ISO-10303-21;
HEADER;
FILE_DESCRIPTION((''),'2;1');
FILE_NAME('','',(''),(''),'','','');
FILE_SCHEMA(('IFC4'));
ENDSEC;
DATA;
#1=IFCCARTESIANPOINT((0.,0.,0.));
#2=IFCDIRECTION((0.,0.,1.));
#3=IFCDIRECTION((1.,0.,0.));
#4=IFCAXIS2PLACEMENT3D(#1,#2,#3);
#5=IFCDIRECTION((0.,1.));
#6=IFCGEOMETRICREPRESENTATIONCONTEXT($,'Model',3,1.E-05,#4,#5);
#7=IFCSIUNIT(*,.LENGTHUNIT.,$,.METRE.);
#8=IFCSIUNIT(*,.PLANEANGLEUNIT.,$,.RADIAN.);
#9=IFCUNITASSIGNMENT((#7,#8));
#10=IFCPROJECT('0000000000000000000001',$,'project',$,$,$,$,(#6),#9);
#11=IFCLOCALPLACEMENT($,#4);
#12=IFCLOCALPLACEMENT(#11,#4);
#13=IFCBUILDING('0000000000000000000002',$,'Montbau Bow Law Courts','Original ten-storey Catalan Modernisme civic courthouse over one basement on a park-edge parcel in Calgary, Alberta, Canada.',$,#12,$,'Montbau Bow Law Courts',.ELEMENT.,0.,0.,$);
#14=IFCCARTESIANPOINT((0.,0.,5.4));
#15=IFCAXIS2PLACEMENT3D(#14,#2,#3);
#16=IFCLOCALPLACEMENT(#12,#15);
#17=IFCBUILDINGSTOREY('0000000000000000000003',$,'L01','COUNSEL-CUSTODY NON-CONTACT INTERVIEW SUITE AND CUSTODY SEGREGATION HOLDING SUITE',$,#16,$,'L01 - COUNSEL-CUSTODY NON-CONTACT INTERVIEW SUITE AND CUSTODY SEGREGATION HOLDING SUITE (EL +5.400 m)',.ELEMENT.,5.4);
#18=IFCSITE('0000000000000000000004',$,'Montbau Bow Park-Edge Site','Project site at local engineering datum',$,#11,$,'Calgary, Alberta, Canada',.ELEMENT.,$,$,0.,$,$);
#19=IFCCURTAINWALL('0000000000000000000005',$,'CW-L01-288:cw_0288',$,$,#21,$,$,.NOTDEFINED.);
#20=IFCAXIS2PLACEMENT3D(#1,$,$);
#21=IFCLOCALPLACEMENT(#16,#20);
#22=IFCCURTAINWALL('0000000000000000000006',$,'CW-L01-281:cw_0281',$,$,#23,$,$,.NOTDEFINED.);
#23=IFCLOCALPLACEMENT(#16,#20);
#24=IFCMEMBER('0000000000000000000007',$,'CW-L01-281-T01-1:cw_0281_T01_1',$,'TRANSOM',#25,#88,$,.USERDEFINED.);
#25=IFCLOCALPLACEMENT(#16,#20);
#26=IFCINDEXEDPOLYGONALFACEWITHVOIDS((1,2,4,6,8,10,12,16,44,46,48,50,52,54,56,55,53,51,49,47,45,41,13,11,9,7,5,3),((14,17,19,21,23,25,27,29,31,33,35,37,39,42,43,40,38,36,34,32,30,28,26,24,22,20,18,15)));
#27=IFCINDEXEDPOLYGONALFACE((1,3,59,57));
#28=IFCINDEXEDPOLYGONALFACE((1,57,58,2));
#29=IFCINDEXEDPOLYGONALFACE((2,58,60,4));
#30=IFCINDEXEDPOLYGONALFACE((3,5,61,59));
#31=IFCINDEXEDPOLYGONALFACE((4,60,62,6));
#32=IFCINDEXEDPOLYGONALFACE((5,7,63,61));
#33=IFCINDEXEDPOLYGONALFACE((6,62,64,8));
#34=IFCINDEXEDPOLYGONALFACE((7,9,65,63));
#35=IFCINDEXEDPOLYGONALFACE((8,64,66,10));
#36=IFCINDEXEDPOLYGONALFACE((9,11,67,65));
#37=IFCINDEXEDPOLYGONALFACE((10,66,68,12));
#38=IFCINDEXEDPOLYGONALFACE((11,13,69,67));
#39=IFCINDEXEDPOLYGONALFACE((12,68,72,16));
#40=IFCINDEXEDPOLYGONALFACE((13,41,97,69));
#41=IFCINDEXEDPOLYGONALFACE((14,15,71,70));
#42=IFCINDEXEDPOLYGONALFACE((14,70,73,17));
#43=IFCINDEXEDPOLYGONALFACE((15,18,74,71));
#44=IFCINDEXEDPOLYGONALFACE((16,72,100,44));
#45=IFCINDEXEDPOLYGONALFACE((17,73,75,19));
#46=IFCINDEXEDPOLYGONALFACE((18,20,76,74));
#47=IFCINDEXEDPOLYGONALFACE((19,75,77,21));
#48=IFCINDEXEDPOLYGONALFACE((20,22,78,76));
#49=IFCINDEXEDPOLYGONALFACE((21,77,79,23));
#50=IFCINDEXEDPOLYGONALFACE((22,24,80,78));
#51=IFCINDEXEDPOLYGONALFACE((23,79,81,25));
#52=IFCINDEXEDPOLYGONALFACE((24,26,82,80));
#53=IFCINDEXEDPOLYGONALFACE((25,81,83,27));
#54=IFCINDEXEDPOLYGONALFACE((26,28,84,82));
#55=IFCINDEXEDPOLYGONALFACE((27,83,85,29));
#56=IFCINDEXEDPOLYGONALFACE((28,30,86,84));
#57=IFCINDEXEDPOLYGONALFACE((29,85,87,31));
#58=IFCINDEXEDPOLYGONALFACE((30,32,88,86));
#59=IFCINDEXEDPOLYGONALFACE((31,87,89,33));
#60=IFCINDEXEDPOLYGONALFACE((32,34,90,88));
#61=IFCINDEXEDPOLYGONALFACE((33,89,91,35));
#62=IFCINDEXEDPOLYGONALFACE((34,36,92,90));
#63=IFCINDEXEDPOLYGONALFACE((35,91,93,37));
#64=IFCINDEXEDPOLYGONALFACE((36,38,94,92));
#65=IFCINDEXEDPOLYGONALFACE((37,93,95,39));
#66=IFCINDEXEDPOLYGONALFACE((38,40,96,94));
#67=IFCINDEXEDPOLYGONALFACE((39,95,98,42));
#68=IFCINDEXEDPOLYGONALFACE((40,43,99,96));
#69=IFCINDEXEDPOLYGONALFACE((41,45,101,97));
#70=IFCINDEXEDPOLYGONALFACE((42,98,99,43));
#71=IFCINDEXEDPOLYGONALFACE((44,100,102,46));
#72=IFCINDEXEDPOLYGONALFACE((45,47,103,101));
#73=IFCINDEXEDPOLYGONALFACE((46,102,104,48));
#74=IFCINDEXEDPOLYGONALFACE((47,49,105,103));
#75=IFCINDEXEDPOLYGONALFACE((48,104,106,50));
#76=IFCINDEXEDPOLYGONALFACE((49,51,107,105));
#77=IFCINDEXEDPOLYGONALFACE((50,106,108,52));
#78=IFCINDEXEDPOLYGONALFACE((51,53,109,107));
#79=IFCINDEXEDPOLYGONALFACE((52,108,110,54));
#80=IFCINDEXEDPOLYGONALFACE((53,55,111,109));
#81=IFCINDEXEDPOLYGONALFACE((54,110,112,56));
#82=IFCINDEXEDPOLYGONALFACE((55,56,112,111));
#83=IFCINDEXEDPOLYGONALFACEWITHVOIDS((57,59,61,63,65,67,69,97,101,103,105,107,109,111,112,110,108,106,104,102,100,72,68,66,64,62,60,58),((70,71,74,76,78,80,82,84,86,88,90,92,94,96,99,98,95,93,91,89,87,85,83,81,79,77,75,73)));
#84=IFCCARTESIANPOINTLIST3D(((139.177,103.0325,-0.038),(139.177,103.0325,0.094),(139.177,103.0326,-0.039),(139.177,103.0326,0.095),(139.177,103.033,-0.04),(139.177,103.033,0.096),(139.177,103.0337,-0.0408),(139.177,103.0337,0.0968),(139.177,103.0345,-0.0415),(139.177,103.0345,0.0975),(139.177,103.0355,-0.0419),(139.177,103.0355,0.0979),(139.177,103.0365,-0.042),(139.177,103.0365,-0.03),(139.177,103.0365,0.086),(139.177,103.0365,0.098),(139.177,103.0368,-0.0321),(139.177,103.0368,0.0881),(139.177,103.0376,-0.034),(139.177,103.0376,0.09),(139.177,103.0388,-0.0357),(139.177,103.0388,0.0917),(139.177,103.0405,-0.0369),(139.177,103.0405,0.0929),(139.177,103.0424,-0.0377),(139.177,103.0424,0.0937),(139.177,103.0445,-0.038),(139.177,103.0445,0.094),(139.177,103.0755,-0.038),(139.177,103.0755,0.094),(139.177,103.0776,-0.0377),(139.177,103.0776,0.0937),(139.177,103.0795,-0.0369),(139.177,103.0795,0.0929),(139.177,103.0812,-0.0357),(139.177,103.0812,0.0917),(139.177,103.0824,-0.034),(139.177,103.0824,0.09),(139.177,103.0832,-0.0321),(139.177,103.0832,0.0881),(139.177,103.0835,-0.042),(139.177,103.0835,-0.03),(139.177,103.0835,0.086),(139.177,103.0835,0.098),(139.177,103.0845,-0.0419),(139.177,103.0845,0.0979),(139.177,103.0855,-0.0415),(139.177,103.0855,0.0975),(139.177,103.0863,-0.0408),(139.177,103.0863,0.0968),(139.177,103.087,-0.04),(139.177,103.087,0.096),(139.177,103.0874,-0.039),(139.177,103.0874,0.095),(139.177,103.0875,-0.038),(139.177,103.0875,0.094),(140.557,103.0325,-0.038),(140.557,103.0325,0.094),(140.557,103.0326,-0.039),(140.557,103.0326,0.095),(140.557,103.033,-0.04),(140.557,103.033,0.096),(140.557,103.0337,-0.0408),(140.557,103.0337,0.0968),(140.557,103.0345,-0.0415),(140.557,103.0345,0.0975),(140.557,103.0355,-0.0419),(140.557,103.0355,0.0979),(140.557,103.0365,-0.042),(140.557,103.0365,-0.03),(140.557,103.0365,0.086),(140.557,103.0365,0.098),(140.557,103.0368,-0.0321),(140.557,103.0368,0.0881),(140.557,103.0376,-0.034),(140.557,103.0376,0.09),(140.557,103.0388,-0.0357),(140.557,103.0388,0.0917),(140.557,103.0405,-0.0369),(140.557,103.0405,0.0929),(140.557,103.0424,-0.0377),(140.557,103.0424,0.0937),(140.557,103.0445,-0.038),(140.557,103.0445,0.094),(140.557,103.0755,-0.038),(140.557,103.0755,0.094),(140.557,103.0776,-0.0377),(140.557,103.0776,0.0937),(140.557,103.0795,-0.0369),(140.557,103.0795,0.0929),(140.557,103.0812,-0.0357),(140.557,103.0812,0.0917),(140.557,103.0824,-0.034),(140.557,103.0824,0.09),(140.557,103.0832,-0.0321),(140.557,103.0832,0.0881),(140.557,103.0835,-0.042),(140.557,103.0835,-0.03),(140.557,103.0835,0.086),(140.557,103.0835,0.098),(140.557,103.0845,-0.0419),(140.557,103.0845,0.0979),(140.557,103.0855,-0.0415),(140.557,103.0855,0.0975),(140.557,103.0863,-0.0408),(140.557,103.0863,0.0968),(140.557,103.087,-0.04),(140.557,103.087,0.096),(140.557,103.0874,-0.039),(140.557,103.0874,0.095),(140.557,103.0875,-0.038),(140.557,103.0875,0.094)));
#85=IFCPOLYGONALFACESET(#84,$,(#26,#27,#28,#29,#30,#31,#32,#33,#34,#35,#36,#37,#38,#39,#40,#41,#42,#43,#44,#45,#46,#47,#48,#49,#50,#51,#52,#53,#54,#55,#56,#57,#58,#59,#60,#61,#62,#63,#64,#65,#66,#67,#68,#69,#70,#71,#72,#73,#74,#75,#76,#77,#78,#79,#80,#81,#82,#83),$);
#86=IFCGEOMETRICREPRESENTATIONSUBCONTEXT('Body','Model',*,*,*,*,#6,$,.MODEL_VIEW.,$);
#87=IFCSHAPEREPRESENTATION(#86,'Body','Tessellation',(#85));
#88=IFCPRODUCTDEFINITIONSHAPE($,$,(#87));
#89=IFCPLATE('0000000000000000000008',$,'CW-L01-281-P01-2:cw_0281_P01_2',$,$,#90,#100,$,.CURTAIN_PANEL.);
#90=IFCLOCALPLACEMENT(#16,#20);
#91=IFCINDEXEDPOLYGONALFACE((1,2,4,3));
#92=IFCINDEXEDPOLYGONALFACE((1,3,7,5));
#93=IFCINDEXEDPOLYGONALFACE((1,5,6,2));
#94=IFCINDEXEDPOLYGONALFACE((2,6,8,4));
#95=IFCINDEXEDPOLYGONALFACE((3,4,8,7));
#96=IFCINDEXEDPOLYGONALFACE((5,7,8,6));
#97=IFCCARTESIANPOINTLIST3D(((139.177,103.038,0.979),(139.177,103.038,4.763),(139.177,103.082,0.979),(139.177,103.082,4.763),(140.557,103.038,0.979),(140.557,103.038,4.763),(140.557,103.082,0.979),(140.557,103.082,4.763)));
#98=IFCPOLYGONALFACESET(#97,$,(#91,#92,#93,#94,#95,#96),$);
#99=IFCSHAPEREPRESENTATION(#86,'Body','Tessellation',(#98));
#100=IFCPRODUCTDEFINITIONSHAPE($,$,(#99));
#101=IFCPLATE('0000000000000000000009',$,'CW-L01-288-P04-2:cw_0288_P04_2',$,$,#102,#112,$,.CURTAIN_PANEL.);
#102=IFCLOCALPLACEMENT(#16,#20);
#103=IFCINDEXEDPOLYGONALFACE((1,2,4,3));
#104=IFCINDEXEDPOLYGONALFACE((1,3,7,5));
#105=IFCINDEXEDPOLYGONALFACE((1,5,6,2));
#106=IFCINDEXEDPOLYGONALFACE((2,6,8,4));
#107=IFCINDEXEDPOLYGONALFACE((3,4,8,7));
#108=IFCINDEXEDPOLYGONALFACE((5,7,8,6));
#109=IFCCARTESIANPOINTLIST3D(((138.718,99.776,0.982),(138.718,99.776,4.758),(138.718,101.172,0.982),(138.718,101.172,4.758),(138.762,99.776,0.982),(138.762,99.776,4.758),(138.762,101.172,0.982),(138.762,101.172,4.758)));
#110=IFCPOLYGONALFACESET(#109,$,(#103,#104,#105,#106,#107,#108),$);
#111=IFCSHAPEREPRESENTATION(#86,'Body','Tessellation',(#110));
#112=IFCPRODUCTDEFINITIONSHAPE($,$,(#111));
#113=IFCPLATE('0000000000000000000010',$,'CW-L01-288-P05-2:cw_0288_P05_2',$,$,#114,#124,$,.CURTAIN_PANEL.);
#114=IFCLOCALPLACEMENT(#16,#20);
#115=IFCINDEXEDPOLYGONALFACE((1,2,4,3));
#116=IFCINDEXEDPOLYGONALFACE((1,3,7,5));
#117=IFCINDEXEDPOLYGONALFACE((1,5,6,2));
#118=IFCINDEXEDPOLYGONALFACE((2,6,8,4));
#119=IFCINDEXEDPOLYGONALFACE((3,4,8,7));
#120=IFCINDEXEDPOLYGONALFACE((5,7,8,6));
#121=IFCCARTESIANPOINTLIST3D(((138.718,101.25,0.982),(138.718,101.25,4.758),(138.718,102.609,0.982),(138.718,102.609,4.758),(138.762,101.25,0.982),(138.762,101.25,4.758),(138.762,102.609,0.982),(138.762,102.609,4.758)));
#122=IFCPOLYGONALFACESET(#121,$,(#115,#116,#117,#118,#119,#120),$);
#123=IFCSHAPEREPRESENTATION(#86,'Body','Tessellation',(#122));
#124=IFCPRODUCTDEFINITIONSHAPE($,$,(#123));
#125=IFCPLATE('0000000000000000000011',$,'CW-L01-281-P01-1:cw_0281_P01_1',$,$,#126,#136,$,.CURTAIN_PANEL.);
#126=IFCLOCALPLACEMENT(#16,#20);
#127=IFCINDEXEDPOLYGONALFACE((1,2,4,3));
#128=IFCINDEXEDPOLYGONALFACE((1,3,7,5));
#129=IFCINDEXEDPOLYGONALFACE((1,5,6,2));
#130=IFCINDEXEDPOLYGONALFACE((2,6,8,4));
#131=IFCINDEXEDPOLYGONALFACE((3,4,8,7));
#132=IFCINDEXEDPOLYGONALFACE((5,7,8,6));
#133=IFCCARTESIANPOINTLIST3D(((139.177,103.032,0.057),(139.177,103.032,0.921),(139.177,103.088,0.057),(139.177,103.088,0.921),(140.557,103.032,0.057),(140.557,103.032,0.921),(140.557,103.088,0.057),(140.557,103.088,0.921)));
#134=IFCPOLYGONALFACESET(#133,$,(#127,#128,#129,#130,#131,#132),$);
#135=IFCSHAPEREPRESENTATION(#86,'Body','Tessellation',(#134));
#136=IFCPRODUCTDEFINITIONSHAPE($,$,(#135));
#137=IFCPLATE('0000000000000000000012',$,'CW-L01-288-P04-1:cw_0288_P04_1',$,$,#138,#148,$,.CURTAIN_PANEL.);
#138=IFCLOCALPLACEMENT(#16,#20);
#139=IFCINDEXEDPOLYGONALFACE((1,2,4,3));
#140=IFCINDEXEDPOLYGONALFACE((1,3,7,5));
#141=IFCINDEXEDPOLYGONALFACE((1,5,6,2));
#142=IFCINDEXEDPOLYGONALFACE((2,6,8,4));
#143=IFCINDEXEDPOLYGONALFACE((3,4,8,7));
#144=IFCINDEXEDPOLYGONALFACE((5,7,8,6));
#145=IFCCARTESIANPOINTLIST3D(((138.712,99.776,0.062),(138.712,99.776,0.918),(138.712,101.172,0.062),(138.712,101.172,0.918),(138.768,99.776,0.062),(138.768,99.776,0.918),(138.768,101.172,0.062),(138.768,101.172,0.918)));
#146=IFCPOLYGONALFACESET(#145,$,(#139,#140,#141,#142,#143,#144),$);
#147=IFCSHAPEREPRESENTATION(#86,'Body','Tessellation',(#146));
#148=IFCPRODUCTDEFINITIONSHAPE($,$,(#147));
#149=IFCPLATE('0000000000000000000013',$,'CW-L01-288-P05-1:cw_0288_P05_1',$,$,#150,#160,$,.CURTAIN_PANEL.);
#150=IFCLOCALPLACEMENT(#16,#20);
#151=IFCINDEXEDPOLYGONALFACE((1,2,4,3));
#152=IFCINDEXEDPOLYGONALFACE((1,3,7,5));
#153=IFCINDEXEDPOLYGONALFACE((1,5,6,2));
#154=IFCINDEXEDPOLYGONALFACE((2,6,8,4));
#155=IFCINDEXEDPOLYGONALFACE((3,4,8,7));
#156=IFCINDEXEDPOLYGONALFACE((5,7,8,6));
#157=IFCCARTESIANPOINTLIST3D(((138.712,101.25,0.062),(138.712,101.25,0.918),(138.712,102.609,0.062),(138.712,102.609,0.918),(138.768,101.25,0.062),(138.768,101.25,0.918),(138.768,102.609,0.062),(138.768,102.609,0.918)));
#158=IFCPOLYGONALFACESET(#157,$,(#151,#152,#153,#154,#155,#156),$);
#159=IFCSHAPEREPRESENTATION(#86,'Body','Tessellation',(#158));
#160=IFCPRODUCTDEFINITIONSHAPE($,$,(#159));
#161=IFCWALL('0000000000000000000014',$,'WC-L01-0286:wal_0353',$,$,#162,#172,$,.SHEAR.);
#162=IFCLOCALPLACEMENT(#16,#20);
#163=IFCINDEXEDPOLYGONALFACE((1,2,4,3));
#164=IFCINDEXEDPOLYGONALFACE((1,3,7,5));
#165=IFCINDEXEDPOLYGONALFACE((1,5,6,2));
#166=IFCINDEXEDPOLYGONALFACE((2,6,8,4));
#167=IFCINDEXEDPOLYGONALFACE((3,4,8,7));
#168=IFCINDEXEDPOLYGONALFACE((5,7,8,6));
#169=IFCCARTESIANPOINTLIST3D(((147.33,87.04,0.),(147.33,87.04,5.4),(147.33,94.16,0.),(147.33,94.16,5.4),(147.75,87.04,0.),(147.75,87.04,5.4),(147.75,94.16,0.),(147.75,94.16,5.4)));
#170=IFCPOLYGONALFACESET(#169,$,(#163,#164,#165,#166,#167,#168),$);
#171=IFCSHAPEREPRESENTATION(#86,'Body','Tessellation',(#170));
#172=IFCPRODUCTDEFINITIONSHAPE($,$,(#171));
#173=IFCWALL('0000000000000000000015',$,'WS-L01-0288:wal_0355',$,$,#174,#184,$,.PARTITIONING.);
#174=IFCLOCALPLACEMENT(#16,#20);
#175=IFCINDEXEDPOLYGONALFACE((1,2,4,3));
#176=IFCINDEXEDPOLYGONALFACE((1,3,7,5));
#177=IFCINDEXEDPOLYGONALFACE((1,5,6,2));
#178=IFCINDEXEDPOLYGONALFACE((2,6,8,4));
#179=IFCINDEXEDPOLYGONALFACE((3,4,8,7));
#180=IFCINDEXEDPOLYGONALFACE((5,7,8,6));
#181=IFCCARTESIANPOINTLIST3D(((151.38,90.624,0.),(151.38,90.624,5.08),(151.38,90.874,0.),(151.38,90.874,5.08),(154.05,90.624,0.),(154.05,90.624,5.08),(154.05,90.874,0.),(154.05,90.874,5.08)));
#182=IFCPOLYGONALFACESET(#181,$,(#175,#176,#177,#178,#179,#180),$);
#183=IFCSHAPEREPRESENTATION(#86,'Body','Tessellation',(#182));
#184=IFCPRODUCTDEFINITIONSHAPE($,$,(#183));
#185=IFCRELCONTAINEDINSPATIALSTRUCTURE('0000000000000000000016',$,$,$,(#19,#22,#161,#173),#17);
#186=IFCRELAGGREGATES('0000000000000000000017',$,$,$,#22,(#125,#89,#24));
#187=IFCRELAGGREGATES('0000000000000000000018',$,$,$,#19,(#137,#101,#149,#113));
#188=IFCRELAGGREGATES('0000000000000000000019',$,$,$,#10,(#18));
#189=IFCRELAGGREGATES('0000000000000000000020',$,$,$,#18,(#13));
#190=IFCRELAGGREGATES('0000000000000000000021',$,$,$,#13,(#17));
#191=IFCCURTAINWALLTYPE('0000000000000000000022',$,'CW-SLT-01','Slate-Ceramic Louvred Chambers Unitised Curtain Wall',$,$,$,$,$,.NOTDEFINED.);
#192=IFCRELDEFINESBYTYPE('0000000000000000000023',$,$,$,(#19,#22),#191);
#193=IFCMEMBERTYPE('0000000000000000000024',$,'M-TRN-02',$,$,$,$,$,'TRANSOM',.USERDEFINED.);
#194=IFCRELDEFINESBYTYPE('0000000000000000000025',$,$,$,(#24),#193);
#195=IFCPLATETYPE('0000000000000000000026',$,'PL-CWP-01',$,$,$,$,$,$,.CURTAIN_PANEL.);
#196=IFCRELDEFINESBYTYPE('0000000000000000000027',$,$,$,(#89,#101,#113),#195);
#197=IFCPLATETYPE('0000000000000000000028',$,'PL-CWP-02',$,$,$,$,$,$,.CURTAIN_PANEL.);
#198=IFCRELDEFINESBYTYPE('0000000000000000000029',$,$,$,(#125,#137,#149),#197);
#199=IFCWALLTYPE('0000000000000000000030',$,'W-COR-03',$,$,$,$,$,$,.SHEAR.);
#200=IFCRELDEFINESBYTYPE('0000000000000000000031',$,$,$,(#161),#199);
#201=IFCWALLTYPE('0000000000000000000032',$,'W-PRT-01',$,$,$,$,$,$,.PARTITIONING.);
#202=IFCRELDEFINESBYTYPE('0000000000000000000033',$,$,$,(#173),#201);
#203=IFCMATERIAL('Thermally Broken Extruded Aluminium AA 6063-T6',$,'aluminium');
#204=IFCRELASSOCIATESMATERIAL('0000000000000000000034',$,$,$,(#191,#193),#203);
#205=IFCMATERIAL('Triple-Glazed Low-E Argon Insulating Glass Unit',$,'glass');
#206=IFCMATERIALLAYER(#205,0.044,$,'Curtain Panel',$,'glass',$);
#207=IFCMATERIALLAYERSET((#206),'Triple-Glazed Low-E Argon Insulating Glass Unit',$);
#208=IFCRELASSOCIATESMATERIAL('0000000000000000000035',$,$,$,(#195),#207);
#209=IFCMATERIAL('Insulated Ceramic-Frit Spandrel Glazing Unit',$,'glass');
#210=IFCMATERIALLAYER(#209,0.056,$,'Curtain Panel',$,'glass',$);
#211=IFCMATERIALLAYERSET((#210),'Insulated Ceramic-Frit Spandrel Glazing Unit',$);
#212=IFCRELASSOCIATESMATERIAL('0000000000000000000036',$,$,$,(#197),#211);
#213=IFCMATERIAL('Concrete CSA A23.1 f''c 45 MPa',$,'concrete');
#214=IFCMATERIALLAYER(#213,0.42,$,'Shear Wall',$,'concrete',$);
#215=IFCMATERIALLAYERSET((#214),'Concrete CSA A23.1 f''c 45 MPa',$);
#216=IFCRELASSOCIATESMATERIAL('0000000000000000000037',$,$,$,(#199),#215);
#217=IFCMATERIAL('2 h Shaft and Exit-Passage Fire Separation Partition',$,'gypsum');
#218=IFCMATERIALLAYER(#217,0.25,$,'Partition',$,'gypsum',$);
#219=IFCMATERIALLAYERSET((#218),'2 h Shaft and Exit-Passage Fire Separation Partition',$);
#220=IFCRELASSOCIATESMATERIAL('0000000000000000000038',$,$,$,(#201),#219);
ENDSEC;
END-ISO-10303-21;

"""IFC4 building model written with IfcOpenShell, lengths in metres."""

from ifc_helpers import new_model, si_unit, direction, frame, frame_2d, origin_with_axes, origin_2d_with_axis, place, context, subcontext, project, spatial, rectangle, hollow_rectangle, extrude, material, layer, layer_set, material_profile, profile_set, type_object, element, aggregate, save


model = new_model("IFC4")

# Units and contexts
model_context = context("Model", 3, precision=1e-05, world=origin_with_axes(), true_north=direction((0.0, 1.0)))
body_context = subcontext(model_context, "Body", "Model", "MODEL_VIEW")
ifc_project = project(units=[si_unit("LENGTHUNIT", "METRE"), si_unit("PLANEANGLEUNIT", "RADIAN")], contexts=[model_context])

# Site, building, storey
site_placement = place(None, origin_with_axes())
site = spatial("IfcSite", under=ifc_project, at=site_placement, Name="Montbau Bow Park-Edge Site", Description="Project site at local engineering datum", LongName="Calgary, Alberta, Canada", CompositionType="ELEMENT", RefElevation=0.0)
building_placement = place(site_placement, origin_with_axes())
building = spatial("IfcBuilding", under=site, at=building_placement, Name="Montbau Bow Law Courts", Description="Original ten-storey Catalan Modernisme civic courthouse over one basement on a park-edge parcel in Calgary, Alberta, Canada.", LongName="Montbau Bow Law Courts", CompositionType="ELEMENT", ElevationOfRefHeight=0.0, ElevationOfTerrain=0.0)
storey_placement = place(building_placement, frame((0.0, 0.0, 5.4), z_axis=(0.0, 0.0, 1.0), x_axis=(1.0, 0.0, 0.0)))
storey = spatial("IfcBuildingStorey", under=building, at=storey_placement, Name="L01", Description="COUNSEL-CUSTODY NON-CONTACT INTERVIEW SUITE AND CUSTODY SEGREGATION HOLDING SUITE", LongName="L01 - COUNSEL-CUSTODY NON-CONTACT INTERVIEW SUITE AND CUSTODY SEGREGATION HOLDING SUITE (EL +5.400 m)", CompositionType="ELEMENT", Elevation=5.4)

# Curtain wall
ifc_material_1 = material(Name="Thermally Broken Extruded Aluminium AA 6063-T6", Category="aluminium")
curtain_wall_type = type_object("IfcCurtainWallType", Name="CW-SLT-01", Description="Slate-Ceramic Louvred Chambers Unitised Curtain Wall", PredefinedType="NOTDEFINED", material=ifc_material_1)
curtain_wall_1_placement = place(None, frame((138.74, 95.315, 5.4), z_axis=(0.0, 0.0, 1.0), x_axis=(1.0, 0.0, 0.0)))
curtain_wall_1 = element("IfcCurtainWall", 1, at=curtain_wall_1_placement, inside=storey, type_object=curtain_wall_type, Name="CW-L01-288:cw_0288", PredefinedType="NOTDEFINED")

# Curtain wall
curtain_wall_2_placement = place(None, frame((139.115, 103.06, 5.4), z_axis=(0.0, 0.0, 1.0), x_axis=(1.0, 0.0, 0.0)))
curtain_wall_2 = element("IfcCurtainWall", 2, at=curtain_wall_2_placement, inside=storey, type_object=curtain_wall_type, Name="CW-L01-281:cw_0281", PredefinedType="NOTDEFINED")

# Member
ifc_material_profile_1 = material_profile(ifc_material_1, hollow_rectangle(XDim=0.055, YDim=0.14, WallThickness=0.004, InnerFilletRadius=0.008, OuterFilletRadius=0.004, at=origin_2d_with_axis()), Name="CWT-140X55", Category="Main", Priority=0)
ifc_profile_set_1 = profile_set([ifc_material_profile_1], Name="Thermally Broken Extruded Aluminium AA 6063-T6")
member_type_1 = type_object("IfcMemberType", Name="M-TRN-02", ElementType="TRANSOM", PredefinedType="USERDEFINED", material=ifc_profile_set_1)
member_1_placement = place(None, frame((139.177, 103.06, 5.428), z_axis=(1.0, 0.0, 0.0), x_axis=(0.0, 1.0, 0.0)))
member_1 = element("IfcMember", 3, at=member_1_placement, type_object=member_type_1, Name="CW-L01-281-T01-1:cw_0281_T01_1", ObjectType="TRANSOM", PredefinedType="USERDEFINED", context=body_context, shape_type="SweptSolid", body=[
    extrude(hollow_rectangle(XDim=0.055, YDim=0.14, WallThickness=0.004, InnerFilletRadius=0.008, OuterFilletRadius=0.004, at=origin_2d_with_axis()), origin_with_axes(), (0.0, 0.0, 1.0), 1.38),
])

# Plates
ifc_material_2 = material(Name="Triple-Glazed Low-E Argon Insulating Glass Unit", Category="glass")
ifc_layer_1 = layer(ifc_material_2, 0.044, Name="Curtain Panel", Category="glass")
ifc_layer_set_1 = layer_set([ifc_layer_1], Name="Triple-Glazed Low-E Argon Insulating Glass Unit")
plate_type_1 = type_object("IfcPlateType", Name="PL-CWP-01", PredefinedType="CURTAIN_PANEL", material=ifc_layer_set_1)
plate_1_placement = place(None, frame((139.177, 103.06, 6.379), z_axis=(0.0, -1.0, 0.0), x_axis=(1.0, 0.0, 0.0)))
plate_1 = element("IfcPlate", 4, at=plate_1_placement, type_object=plate_type_1, Name="CW-L01-281-P01-2:cw_0281_P01_2", PredefinedType="CURTAIN_PANEL", context=body_context, shape_type="SweptSolid", body=[
    extrude(rectangle(XDim=1.38, YDim=3.784, at=frame_2d((0.69, 1.892), x_axis=(1.0, 0.0))), frame((0.0, 0.0, -0.022), z_axis=(0.0, 0.0, 1.0), x_axis=(1.0, 0.0, 0.0)), (0.0, 0.0, 1.0), 0.044),
])
plate_2_placement = place(None, frame((138.74, 99.776, 6.382), z_axis=(1.0, 0.0, 0.0), x_axis=(0.0, 1.0, 0.0)))
plate_2 = element("IfcPlate", 5, at=plate_2_placement, type_object=plate_type_1, Name="CW-L01-288-P04-2:cw_0288_P04_2", PredefinedType="CURTAIN_PANEL", context=body_context, shape_type="SweptSolid", body=[
    extrude(rectangle(XDim=1.396, YDim=3.776, at=frame_2d((0.698, 1.888), x_axis=(1.0, 0.0))), frame((0.0, 0.0, -0.022), z_axis=(0.0, 0.0, 1.0), x_axis=(1.0, 0.0, 0.0)), (0.0, 0.0, 1.0), 0.044),
])
plate_3_placement = place(None, frame((138.74, 101.25, 6.382), z_axis=(1.0, 0.0, 0.0), x_axis=(0.0, 1.0, 0.0)))
plate_3 = element("IfcPlate", 6, at=plate_3_placement, type_object=plate_type_1, Name="CW-L01-288-P05-2:cw_0288_P05_2", PredefinedType="CURTAIN_PANEL", context=body_context, shape_type="SweptSolid", body=[
    extrude(rectangle(XDim=1.359, YDim=3.776, at=frame_2d((0.6795, 1.888), x_axis=(1.0, 0.0))), frame((0.0, 0.0, -0.022), z_axis=(0.0, 0.0, 1.0), x_axis=(1.0, 0.0, 0.0)), (0.0, 0.0, 1.0), 0.044),
])
ifc_material_3 = material(Name="Insulated Ceramic-Frit Spandrel Glazing Unit", Category="glass")
ifc_layer_2 = layer(ifc_material_3, 0.056, Name="Curtain Panel", Category="glass")
ifc_layer_set_2 = layer_set([ifc_layer_2], Name="Insulated Ceramic-Frit Spandrel Glazing Unit")
plate_type_2 = type_object("IfcPlateType", Name="PL-CWP-02", PredefinedType="CURTAIN_PANEL", material=ifc_layer_set_2)
plate_4_placement = place(None, frame((139.177, 103.06, 5.457), z_axis=(0.0, -1.0, 0.0), x_axis=(1.0, 0.0, 0.0)))
plate_4 = element("IfcPlate", 7, at=plate_4_placement, type_object=plate_type_2, Name="CW-L01-281-P01-1:cw_0281_P01_1", PredefinedType="CURTAIN_PANEL", context=body_context, shape_type="SweptSolid", body=[
    extrude(rectangle(XDim=1.38, YDim=0.864, at=frame_2d((0.69, 0.432), x_axis=(1.0, 0.0))), frame((0.0, 0.0, -0.028), z_axis=(0.0, 0.0, 1.0), x_axis=(1.0, 0.0, 0.0)), (0.0, 0.0, 1.0), 0.056),
])
aggregate(curtain_wall_2, [plate_4, plate_1, member_1])
plate_5_placement = place(None, frame((138.74, 99.776, 5.462), z_axis=(1.0, 0.0, 0.0), x_axis=(0.0, 1.0, 0.0)))
plate_5 = element("IfcPlate", 8, at=plate_5_placement, type_object=plate_type_2, Name="CW-L01-288-P04-1:cw_0288_P04_1", PredefinedType="CURTAIN_PANEL", context=body_context, shape_type="SweptSolid", body=[
    extrude(rectangle(XDim=1.396, YDim=0.856, at=frame_2d((0.698, 0.428), x_axis=(1.0, 0.0))), frame((0.0, 0.0, -0.028), z_axis=(0.0, 0.0, 1.0), x_axis=(1.0, 0.0, 0.0)), (0.0, 0.0, 1.0), 0.056),
])
plate_6_placement = place(None, frame((138.74, 101.25, 5.462), z_axis=(1.0, 0.0, 0.0), x_axis=(0.0, 1.0, 0.0)))
plate_6 = element("IfcPlate", 9, at=plate_6_placement, type_object=plate_type_2, Name="CW-L01-288-P05-1:cw_0288_P05_1", PredefinedType="CURTAIN_PANEL", context=body_context, shape_type="SweptSolid", body=[
    extrude(rectangle(XDim=1.359, YDim=0.856, at=frame_2d((0.6795, 0.428), x_axis=(1.0, 0.0))), frame((0.0, 0.0, -0.028), z_axis=(0.0, 0.0, 1.0), x_axis=(1.0, 0.0, 0.0)), (0.0, 0.0, 1.0), 0.056),
])
aggregate(curtain_wall_1, [plate_5, plate_2, plate_6, plate_3])

# Walls
ifc_material_4 = material(Name="Concrete CSA A23.1 f'c 45 MPa", Category="concrete")
ifc_layer_3 = layer(ifc_material_4, 0.42, Name="Shear Wall", Category="concrete")
ifc_layer_set_3 = layer_set([ifc_layer_3], Name="Concrete CSA A23.1 f'c 45 MPa")
wall_type_1 = type_object("IfcWallType", Name="W-COR-03", PredefinedType="SHEAR", material=ifc_layer_set_3)
wall_1_placement = place(None, frame((147.54, 94.16, 5.4), z_axis=(0.0, 0.0, 1.0), x_axis=(0.0, -1.0, 0.0)))
element("IfcWall", 10, at=wall_1_placement, inside=storey, type_object=wall_type_1, Name="WC-L01-0286:wal_0353", PredefinedType="SHEAR", context=body_context, shape_type="SweptSolid", body=[
    extrude(rectangle(XDim=7.12, YDim=0.42, at=frame_2d((3.56, 0.0), x_axis=(1.0, 0.0))), origin_with_axes(), (0.0, 0.0, 1.0), 5.4),
])
ifc_material_5 = material(Name="2 h Shaft and Exit-Passage Fire Separation Partition", Category="gypsum")
ifc_layer_4 = layer(ifc_material_5, 0.25, Name="Partition", Category="gypsum")
ifc_layer_set_4 = layer_set([ifc_layer_4], Name="2 h Shaft and Exit-Passage Fire Separation Partition")
wall_type_2 = type_object("IfcWallType", Name="W-PRT-01", PredefinedType="PARTITIONING", material=ifc_layer_set_4)
wall_2_placement = place(None, frame((151.38, 90.749, 5.4), z_axis=(0.0, 0.0, 1.0), x_axis=(1.0, 0.0, 0.0)))
element("IfcWall", 11, at=wall_2_placement, inside=storey, type_object=wall_type_2, Name="WS-L01-0288:wal_0355", PredefinedType="PARTITIONING", context=body_context, shape_type="SweptSolid", body=[
    extrude(rectangle(XDim=2.67, YDim=0.25, at=frame_2d((1.335, 0.0), x_axis=(1.0, 0.0))), origin_with_axes(), (0.0, 0.0, 1.0), 5.08),
])

save(model, "model.ifc")
